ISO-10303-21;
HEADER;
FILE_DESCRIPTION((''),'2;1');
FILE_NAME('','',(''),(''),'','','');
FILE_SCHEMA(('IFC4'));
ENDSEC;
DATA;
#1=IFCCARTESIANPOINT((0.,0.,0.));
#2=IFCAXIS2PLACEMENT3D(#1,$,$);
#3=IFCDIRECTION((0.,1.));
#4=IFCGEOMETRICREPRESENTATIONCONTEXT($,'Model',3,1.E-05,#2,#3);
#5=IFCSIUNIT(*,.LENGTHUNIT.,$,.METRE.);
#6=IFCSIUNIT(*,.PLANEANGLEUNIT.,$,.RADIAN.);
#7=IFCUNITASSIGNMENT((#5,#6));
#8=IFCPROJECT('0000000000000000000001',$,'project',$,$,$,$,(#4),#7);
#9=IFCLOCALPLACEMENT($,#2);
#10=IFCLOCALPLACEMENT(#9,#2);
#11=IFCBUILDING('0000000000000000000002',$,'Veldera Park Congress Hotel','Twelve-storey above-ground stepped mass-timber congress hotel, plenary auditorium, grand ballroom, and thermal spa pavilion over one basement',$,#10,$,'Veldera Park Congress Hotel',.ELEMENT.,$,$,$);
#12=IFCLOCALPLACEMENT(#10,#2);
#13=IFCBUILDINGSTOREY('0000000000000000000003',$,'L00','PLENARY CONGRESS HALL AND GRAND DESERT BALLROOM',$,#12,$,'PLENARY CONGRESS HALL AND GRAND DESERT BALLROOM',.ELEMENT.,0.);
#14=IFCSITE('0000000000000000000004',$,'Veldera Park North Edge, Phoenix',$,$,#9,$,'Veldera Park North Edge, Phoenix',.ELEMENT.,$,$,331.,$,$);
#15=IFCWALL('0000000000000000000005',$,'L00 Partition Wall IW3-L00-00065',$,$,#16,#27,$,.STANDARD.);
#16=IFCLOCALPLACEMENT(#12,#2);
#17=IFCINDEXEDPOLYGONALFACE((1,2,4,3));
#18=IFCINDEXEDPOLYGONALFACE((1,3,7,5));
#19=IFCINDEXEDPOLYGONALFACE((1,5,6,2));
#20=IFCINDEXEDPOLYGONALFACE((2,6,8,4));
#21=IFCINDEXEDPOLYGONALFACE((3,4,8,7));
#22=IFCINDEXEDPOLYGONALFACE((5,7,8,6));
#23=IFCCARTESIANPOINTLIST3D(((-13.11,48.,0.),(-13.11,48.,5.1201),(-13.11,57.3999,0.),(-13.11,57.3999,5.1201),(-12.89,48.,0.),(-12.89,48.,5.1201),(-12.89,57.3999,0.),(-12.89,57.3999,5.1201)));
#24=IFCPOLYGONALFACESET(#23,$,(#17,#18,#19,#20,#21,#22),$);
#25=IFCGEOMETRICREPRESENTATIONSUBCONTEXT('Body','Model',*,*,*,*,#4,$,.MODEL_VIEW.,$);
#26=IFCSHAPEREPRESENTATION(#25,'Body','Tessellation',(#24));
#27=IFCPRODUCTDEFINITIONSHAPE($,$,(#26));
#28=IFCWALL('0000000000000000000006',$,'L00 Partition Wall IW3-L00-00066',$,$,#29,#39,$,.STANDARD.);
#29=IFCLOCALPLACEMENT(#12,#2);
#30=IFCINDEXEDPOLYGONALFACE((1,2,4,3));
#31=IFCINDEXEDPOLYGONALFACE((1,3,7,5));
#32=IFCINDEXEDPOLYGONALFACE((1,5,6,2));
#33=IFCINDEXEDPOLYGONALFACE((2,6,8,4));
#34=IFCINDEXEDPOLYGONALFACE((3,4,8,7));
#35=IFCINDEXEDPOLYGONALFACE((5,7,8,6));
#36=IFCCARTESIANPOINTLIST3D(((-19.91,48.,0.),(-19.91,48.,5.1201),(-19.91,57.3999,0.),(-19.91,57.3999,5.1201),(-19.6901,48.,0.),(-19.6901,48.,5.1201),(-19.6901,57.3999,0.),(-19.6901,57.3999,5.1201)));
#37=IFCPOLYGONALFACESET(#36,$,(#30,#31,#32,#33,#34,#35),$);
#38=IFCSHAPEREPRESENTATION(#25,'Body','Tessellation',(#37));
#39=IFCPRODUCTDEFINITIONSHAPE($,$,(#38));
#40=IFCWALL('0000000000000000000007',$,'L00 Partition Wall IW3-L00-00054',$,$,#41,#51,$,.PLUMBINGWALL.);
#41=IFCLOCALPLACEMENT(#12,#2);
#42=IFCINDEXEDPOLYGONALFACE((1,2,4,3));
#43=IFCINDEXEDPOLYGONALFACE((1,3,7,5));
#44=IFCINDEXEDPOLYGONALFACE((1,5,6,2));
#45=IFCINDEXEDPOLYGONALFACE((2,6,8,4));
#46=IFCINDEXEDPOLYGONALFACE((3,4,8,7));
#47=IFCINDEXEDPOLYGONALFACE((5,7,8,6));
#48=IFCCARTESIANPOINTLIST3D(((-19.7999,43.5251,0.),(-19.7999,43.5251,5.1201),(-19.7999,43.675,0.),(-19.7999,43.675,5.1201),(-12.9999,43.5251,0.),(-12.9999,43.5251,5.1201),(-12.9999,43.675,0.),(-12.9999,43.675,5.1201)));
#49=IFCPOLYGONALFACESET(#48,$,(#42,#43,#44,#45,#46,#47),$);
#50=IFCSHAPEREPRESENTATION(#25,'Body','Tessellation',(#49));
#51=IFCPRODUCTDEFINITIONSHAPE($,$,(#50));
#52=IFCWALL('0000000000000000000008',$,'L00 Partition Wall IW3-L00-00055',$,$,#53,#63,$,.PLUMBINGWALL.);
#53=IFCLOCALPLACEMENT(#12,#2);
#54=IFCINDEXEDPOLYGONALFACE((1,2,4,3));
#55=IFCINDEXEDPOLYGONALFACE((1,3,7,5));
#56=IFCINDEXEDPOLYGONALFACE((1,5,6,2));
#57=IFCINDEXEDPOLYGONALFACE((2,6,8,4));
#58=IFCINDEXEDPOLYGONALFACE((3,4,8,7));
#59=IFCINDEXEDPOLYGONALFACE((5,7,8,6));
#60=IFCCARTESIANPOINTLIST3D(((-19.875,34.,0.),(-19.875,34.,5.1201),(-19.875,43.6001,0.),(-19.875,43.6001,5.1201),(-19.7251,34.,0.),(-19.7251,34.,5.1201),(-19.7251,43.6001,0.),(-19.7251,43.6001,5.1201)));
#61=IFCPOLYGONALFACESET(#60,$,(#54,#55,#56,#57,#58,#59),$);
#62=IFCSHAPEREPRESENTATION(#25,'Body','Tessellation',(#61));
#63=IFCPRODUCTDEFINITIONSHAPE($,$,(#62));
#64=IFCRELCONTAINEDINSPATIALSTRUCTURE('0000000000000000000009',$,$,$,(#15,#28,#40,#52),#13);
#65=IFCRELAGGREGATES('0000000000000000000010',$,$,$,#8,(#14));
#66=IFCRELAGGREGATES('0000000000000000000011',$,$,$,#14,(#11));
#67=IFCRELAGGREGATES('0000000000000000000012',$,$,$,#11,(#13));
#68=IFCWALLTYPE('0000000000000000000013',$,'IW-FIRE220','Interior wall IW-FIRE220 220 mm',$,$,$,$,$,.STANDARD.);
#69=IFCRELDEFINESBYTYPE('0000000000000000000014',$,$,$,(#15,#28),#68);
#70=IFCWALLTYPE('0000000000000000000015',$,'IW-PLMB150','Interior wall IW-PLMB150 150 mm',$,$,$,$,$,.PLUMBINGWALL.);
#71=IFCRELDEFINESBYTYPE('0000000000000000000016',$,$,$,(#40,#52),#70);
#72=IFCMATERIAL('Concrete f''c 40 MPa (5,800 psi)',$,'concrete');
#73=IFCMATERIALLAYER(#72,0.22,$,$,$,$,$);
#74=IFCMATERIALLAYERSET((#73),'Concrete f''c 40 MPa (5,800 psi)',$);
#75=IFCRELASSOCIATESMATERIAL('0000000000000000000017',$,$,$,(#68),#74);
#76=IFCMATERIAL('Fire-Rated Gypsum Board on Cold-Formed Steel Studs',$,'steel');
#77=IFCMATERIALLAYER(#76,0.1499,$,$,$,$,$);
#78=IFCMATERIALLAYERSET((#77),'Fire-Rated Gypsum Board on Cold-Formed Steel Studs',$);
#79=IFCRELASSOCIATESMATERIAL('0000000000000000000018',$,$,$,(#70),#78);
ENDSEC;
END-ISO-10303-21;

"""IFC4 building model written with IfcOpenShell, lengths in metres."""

from ifc_helpers import new_model, si_unit, direction, frame, frame_2d, origin, place, context, subcontext, project, spatial, rectangle, extrude, material, layer, layer_set, type_object, element, save


model = new_model("IFC4")

# Units and contexts
model_context = context("Model", 3, precision=1e-05, world=origin(), true_north=direction((0.0, 1.0)))
body_context = subcontext(model_context, "Body", "Model", "MODEL_VIEW")
ifc_project = project(units=[si_unit("LENGTHUNIT", "METRE"), si_unit("PLANEANGLEUNIT", "RADIAN")], contexts=[model_context])

# Site, building, storey
site_placement = place(None, origin())
site = spatial("IfcSite", under=ifc_project, at=site_placement, Name="Veldera Park North Edge, Phoenix", LongName="Veldera Park North Edge, Phoenix", CompositionType="ELEMENT", RefElevation=331.0)
building_placement = place(site_placement, origin())
building = spatial("IfcBuilding", under=site, at=building_placement, Name="Veldera Park Congress Hotel", Description="Twelve-storey above-ground stepped mass-timber congress hotel, plenary auditorium, grand ballroom, and thermal spa pavilion over one basement", LongName="Veldera Park Congress Hotel", CompositionType="ELEMENT")
storey_placement = place(building_placement, origin())
storey = spatial("IfcBuildingStorey", under=building, at=storey_placement, Name="L00", Description="PLENARY CONGRESS HALL AND GRAND DESERT BALLROOM", LongName="PLENARY CONGRESS HALL AND GRAND DESERT BALLROOM", CompositionType="ELEMENT", Elevation=0.0)

# Shared definitions
ifc_material_1 = material(Name="Concrete f'c 40 MPa (5,800 psi)", Category="concrete")

# Shared definitions
ifc_layer_1 = layer(ifc_material_1, 0.22)
ifc_layer_set_1 = layer_set([ifc_layer_1], Name="Concrete f'c 40 MPa (5,800 psi)")
wall_type_1 = type_object("IfcWallType", Name="IW-FIRE220", Description="Interior wall IW-FIRE220 220 mm", PredefinedType="STANDARD", material=ifc_layer_set_1)

# Walls
for number, where, z_axis, x_axis, name in (
    (1, (-13.0, 48.0, 0.0), (0.0, 0.0, 1.0), (0.0, 1.0, 0.0), "L00 Partition Wall IW3-L00-00065"),
    (2, (-19.8, 57.3999, 0.0), (0.0, 0.0, 1.0), (0.0, -1.0, 0.0), "L00 Partition Wall IW3-L00-00066"),
):
    element("IfcWall", number, at=place(storey_placement, frame(where, z_axis=z_axis, x_axis=x_axis)), inside=storey, type_object=wall_type_1, Name=name, PredefinedType="STANDARD", context=body_context, shape_type="SweptSolid", body=[
        extrude(rectangle(XDim=9.3999, YDim=0.22, at=frame_2d((4.7, 0.0))), origin(), (0.0, 0.0, 1.0), 5.1201),
    ])
ifc_material_2 = material(Name="Fire-Rated Gypsum Board on Cold-Formed Steel Studs", Category="steel")
ifc_layer_2 = layer(ifc_material_2, 0.1499)
ifc_layer_set_2 = layer_set([ifc_layer_2], Name="Fire-Rated Gypsum Board on Cold-Formed Steel Studs")
wall_type_2 = type_object("IfcWallType", Name="IW-PLMB150", Description="Interior wall IW-PLMB150 150 mm", PredefinedType="PLUMBINGWALL", material=ifc_layer_set_2)
wall_1_placement = place(storey_placement, frame((-13.0, 43.6001, 0.0), z_axis=(0.0, 0.0, 1.0), x_axis=(-1.0, 0.0, 0.0)))
element("IfcWall", 3, at=wall_1_placement, inside=storey, type_object=wall_type_2, Name="L00 Partition Wall IW3-L00-00054", PredefinedType="PLUMBINGWALL", context=body_context, shape_type="SweptSolid", body=[
    extrude(rectangle(XDim=6.8, YDim=0.1499, at=frame_2d((3.3999, 0.0))), origin(), (0.0, 0.0, 1.0), 5.1201),
])
wall_2_placement = place(storey_placement, frame((-19.8, 43.6001, 0.0), z_axis=(0.0, 0.0, 1.0), x_axis=(0.0, -1.0, 0.0)))
element("IfcWall", 4, at=wall_2_placement, inside=storey, type_object=wall_type_2, Name="L00 Partition Wall IW3-L00-00055", PredefinedType="PLUMBINGWALL", context=body_context, shape_type="SweptSolid", body=[
    extrude(rectangle(XDim=9.6001, YDim=0.1499, at=frame_2d((4.8, 0.0))), origin(), (0.0, 0.0, 1.0), 5.1201),
])

save(model, "model.ifc")
